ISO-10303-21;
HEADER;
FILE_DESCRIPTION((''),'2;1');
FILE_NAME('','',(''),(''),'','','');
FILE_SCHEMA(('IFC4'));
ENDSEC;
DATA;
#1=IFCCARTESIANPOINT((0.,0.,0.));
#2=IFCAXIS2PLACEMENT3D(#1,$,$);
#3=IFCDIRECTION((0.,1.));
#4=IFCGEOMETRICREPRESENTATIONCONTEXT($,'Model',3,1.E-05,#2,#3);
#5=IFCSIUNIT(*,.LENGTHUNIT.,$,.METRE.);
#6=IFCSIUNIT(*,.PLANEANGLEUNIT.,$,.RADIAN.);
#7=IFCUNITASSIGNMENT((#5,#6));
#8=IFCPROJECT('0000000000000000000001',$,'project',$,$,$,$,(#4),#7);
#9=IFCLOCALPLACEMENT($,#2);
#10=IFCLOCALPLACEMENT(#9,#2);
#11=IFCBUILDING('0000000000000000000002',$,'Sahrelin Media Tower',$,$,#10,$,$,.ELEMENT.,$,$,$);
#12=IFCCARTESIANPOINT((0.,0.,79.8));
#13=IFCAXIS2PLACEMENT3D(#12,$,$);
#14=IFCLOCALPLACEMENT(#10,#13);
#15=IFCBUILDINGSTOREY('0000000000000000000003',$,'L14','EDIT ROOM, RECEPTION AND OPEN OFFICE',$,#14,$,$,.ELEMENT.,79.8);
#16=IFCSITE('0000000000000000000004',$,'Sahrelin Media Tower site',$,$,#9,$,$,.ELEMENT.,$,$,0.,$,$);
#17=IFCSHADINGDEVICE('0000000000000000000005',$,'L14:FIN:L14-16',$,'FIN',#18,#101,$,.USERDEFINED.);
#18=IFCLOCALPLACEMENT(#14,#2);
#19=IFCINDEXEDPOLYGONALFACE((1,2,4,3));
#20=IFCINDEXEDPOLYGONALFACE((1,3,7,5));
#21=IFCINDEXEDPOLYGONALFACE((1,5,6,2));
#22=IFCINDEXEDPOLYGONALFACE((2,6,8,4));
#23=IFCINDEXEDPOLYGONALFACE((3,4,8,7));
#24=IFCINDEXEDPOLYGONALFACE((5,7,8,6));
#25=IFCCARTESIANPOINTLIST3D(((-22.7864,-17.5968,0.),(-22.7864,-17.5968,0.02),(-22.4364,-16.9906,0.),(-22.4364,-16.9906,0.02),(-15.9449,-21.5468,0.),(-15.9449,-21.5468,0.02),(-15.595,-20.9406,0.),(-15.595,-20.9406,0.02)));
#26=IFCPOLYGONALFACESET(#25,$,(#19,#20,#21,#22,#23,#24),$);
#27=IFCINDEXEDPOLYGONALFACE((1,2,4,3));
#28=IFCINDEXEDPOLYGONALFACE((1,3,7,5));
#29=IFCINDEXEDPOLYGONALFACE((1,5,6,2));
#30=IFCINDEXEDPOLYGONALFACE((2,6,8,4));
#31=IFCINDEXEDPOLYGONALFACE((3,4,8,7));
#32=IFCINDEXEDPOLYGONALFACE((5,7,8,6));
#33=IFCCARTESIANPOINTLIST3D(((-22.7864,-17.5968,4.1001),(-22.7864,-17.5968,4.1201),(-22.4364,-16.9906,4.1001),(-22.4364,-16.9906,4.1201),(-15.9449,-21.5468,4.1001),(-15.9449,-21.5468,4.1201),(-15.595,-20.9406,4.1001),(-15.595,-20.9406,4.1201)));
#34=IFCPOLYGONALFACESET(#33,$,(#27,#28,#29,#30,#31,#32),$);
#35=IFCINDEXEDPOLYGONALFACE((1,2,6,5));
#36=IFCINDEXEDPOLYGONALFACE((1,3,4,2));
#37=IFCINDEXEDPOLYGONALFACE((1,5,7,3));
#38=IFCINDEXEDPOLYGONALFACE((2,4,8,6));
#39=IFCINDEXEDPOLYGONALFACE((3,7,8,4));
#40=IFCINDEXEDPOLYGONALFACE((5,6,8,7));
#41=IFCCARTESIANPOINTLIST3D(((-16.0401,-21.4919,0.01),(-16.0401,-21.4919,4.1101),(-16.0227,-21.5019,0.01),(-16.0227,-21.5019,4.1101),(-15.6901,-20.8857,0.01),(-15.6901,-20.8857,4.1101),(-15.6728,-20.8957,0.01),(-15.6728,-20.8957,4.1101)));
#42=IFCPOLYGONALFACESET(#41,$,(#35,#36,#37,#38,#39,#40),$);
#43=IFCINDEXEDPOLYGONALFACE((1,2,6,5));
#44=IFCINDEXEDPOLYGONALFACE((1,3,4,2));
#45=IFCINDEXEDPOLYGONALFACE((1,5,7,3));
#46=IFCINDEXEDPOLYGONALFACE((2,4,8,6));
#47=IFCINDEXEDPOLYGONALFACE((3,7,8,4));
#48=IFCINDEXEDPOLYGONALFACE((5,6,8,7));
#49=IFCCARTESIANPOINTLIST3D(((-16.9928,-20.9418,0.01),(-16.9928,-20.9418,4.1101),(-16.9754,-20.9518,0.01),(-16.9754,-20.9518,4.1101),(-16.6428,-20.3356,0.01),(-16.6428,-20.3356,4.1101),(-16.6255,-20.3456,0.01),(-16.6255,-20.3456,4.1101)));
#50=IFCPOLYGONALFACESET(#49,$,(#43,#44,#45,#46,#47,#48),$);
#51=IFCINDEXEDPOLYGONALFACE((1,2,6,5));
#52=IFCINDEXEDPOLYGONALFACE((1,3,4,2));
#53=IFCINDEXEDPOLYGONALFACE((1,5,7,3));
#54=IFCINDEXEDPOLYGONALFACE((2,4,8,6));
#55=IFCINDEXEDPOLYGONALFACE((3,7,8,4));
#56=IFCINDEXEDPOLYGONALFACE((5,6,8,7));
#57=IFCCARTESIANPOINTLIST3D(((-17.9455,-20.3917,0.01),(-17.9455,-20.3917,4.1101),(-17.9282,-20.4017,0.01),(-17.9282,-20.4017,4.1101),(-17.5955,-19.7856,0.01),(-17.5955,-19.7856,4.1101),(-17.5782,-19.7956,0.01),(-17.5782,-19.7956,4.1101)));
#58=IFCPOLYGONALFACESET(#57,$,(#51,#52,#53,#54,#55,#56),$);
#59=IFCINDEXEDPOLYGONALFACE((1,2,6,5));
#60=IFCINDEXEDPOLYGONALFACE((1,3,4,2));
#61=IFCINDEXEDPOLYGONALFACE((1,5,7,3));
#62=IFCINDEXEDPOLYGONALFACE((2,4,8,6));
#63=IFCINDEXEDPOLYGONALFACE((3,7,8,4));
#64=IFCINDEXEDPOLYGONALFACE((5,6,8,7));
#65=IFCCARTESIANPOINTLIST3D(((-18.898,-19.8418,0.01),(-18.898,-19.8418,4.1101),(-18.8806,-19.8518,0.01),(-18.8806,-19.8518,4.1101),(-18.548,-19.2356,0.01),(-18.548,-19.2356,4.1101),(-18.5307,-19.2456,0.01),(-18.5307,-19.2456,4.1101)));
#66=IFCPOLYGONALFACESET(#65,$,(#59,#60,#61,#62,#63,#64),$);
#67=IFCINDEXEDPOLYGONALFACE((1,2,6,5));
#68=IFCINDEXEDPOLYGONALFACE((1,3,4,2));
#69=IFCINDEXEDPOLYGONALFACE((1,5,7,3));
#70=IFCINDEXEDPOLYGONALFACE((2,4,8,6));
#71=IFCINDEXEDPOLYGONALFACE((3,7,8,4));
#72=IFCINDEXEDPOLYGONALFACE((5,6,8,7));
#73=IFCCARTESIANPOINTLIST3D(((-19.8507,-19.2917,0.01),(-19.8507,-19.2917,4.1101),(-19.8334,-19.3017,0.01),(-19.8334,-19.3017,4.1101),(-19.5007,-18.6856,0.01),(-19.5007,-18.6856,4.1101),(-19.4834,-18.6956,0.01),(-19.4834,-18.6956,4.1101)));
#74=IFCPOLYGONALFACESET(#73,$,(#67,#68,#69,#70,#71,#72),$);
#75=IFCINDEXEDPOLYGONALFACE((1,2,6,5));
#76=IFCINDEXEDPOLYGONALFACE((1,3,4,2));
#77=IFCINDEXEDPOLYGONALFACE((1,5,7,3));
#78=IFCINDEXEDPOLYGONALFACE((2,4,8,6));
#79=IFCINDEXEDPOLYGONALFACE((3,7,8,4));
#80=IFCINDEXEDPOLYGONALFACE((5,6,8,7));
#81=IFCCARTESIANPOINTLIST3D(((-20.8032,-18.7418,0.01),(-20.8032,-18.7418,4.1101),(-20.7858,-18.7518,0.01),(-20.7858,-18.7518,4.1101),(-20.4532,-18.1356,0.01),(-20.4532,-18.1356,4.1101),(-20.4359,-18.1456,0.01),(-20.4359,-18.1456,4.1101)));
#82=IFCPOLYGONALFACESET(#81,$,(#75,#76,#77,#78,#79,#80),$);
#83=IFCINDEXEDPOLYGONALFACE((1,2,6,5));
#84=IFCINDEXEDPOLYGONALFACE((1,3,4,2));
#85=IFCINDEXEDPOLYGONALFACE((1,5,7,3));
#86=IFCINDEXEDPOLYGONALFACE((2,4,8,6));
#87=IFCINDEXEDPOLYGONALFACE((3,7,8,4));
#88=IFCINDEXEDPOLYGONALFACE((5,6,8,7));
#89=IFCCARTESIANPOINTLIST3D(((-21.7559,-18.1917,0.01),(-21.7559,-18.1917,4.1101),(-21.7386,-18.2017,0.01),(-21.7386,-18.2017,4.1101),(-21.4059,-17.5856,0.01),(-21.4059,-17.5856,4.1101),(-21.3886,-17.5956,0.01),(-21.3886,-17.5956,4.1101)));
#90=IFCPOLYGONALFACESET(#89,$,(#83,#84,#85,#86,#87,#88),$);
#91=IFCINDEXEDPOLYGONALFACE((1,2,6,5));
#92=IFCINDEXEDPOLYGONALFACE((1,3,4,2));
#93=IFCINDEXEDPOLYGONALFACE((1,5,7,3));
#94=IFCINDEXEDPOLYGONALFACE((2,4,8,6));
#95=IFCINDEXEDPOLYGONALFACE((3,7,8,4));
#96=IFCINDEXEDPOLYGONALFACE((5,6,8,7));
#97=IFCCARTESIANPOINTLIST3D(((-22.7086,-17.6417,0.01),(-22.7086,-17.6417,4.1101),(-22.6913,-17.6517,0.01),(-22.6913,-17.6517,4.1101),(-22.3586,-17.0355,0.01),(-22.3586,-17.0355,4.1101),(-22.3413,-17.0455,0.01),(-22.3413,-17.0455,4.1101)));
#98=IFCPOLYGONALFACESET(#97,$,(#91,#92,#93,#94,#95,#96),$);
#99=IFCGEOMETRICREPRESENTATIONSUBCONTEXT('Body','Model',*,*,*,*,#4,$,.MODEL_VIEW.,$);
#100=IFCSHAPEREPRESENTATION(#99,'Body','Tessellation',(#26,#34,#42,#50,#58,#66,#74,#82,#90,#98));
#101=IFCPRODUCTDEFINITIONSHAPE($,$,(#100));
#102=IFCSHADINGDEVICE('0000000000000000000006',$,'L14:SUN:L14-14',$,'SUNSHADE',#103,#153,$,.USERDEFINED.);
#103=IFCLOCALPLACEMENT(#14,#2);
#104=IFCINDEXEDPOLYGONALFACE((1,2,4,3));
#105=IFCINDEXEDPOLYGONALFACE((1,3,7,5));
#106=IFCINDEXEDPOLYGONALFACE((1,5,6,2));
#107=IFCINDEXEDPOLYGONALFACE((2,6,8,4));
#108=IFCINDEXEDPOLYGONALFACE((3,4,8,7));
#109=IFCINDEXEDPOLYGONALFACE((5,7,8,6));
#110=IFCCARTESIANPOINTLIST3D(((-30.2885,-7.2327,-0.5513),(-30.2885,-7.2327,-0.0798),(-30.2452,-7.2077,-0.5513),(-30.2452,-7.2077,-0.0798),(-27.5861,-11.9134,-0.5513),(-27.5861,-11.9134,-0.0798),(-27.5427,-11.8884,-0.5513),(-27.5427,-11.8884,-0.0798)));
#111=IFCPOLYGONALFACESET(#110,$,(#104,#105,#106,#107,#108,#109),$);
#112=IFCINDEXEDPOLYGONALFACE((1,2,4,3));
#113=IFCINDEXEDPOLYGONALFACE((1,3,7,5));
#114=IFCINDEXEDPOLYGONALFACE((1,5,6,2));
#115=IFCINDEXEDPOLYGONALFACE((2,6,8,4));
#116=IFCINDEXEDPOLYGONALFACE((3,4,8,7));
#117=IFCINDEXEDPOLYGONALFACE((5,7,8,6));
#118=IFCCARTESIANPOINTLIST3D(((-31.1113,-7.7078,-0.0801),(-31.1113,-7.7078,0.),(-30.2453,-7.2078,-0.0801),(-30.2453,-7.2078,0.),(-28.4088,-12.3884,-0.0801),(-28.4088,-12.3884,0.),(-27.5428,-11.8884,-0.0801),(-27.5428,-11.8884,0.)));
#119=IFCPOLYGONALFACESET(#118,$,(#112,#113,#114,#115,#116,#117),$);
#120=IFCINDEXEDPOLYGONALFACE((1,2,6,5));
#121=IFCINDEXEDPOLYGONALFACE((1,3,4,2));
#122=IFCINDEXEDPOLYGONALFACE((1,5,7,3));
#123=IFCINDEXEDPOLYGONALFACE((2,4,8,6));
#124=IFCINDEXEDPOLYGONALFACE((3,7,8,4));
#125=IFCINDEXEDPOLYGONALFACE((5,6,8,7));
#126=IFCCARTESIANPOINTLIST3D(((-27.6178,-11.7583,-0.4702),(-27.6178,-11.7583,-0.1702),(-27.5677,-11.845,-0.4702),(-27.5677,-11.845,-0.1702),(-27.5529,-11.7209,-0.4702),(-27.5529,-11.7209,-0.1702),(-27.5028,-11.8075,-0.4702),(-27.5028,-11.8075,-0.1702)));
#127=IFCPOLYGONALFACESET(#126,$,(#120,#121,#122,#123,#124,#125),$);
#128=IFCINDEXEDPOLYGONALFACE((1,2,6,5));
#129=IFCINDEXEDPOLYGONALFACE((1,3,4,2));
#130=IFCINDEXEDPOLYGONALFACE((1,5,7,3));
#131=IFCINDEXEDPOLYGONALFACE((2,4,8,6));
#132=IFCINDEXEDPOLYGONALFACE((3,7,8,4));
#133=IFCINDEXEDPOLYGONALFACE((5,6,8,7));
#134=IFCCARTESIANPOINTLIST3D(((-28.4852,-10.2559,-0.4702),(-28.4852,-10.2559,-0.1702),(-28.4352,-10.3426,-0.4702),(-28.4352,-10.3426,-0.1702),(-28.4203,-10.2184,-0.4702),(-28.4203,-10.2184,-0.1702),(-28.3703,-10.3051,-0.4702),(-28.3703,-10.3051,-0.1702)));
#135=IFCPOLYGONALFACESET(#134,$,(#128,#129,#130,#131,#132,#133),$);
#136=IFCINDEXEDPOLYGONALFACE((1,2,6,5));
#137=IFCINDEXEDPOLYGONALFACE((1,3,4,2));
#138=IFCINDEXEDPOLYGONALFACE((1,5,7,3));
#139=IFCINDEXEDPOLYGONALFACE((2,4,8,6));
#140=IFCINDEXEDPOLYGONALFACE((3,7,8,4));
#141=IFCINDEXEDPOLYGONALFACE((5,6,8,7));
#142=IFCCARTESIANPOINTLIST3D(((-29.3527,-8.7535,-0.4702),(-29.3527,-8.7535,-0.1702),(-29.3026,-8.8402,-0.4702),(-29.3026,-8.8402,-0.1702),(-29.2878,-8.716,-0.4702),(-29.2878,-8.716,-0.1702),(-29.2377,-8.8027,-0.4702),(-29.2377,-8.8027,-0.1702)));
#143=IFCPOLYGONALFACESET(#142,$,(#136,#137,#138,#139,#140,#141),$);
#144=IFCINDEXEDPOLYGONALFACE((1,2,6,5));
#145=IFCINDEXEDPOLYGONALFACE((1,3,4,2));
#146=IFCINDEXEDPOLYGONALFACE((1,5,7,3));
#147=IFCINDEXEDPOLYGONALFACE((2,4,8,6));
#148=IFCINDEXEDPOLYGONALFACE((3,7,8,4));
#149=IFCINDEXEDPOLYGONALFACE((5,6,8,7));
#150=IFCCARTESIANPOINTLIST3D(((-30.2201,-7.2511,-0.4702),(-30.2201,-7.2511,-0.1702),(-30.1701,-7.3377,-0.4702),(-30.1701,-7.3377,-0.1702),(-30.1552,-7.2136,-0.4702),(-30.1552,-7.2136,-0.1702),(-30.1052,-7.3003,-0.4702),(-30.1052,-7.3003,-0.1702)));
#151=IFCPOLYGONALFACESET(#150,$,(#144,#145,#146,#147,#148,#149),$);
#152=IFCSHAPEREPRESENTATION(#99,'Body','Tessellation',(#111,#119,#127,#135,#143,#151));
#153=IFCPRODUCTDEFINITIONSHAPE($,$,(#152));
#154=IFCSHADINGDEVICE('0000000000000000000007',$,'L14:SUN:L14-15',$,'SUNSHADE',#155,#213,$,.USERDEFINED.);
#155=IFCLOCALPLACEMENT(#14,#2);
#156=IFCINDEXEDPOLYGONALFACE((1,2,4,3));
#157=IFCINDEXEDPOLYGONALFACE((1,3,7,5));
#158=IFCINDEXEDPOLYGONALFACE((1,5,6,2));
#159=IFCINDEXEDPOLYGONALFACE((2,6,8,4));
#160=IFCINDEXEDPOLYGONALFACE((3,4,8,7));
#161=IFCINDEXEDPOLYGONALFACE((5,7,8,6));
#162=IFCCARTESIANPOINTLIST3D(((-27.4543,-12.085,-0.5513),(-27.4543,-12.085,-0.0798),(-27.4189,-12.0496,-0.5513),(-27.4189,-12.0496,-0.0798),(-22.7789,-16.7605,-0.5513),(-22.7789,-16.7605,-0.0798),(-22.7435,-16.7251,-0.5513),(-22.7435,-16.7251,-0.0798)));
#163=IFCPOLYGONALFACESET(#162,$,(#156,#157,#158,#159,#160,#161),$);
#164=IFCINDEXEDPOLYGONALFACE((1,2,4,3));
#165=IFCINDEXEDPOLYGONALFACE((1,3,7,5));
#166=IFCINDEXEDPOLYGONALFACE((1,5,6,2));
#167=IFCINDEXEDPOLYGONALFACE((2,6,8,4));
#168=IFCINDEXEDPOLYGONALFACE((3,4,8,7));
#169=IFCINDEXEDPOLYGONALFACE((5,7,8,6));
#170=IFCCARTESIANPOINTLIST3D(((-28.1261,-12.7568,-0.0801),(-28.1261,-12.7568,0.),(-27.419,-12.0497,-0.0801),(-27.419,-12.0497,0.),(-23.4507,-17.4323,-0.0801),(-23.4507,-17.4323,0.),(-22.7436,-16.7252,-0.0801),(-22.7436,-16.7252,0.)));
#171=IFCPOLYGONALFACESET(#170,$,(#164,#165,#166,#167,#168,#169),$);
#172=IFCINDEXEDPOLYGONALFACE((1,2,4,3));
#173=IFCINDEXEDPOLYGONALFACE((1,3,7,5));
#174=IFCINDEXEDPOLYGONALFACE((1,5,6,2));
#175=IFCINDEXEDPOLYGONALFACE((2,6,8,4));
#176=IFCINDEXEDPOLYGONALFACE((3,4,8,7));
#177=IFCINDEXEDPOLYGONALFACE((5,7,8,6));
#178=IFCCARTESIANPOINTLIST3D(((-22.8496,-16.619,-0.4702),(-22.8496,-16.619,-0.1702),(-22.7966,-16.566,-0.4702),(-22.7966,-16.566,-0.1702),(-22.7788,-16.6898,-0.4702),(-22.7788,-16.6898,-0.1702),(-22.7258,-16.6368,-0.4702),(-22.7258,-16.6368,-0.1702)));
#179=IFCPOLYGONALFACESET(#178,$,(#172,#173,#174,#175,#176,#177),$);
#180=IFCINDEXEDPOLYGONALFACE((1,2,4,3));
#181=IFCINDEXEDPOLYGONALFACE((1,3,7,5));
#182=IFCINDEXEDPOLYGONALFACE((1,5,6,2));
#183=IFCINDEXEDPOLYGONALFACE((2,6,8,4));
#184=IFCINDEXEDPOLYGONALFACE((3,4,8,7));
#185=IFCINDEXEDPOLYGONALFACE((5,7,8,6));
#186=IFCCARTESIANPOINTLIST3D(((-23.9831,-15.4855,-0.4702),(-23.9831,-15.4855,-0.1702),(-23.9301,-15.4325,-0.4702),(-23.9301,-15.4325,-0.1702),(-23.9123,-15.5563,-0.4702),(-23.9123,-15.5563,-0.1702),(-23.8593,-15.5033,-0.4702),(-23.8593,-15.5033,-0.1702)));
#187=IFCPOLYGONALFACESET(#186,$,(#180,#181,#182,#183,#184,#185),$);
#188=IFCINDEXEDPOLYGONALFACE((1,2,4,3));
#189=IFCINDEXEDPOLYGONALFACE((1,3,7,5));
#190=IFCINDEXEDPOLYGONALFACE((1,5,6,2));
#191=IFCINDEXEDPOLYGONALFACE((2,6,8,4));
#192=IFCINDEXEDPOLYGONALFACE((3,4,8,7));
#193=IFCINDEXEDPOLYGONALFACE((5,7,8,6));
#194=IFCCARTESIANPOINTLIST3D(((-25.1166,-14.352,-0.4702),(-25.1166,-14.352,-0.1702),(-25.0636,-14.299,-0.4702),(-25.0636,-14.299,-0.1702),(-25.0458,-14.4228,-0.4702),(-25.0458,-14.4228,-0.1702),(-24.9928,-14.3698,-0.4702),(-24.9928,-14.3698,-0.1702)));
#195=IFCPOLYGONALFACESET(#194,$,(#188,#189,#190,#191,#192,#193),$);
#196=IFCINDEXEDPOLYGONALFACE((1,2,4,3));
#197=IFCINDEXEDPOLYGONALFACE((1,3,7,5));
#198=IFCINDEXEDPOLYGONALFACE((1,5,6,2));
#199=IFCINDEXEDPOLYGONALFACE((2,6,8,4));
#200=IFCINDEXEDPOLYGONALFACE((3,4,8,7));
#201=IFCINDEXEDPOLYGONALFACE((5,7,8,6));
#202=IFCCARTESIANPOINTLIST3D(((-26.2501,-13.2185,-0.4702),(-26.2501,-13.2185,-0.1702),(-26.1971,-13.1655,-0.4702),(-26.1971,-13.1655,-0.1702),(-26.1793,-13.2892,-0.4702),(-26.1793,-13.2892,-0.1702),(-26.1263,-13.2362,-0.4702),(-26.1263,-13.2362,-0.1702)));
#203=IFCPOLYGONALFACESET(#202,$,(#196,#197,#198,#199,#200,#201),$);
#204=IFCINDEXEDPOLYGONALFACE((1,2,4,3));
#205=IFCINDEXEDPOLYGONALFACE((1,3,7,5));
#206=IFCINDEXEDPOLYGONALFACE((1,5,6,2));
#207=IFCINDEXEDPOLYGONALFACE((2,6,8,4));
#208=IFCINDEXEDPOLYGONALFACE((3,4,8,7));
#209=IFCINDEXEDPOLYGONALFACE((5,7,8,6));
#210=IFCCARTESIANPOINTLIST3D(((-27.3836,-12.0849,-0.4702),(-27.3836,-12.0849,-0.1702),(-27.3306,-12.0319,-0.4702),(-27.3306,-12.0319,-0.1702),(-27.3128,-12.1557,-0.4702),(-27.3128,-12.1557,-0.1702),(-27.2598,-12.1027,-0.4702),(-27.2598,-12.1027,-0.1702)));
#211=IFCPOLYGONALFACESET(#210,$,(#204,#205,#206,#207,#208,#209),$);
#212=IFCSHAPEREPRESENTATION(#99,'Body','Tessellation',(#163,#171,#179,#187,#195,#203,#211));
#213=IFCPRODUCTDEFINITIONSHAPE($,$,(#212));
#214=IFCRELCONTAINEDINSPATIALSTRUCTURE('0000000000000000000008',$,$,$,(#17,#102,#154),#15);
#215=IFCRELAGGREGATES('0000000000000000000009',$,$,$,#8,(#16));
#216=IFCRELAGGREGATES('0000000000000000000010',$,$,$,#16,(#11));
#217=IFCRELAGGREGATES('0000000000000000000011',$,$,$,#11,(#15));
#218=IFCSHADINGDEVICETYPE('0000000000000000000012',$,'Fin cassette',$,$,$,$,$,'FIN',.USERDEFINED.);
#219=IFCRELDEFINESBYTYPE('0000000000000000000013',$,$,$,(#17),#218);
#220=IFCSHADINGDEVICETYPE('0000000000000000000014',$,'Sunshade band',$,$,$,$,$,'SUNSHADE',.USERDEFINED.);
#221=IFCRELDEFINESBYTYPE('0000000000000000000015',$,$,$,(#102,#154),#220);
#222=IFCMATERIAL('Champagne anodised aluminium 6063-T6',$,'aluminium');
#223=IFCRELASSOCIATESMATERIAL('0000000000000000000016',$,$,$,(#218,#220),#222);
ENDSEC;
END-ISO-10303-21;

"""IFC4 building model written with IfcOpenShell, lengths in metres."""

from ifc_helpers import new_model, si_unit, direction, frame, origin, origin_2d, place, context, subcontext, project, spatial, rectangle, extrude, material, type_object, element, save


model = new_model("IFC4")

# Units and contexts
model_context = context("Model", 3, precision=1e-05, world=origin(), true_north=direction((0.0, 1.0)))
body_context = subcontext(model_context, "Body", "Model", "MODEL_VIEW")
ifc_project = project(units=[si_unit("LENGTHUNIT", "METRE"), si_unit("PLANEANGLEUNIT", "RADIAN")], contexts=[model_context])

# Site, building, storey
site_placement = place(None, origin())
site = spatial("IfcSite", under=ifc_project, at=site_placement, Name="Sahrelin Media Tower site", CompositionType="ELEMENT", RefElevation=0.0)
building_placement = place(site_placement, origin())
building = spatial("IfcBuilding", under=site, at=building_placement, Name="Sahrelin Media Tower", CompositionType="ELEMENT")
storey_placement = place(building_placement, frame((0.0, 0.0, 79.8)))
storey = spatial("IfcBuildingStorey", under=building, at=storey_placement, Name="L14", Description="EDIT ROOM, RECEPTION AND OPEN OFFICE", CompositionType="ELEMENT", Elevation=79.8)

# Shared definitions
ifc_material_1 = material(Name="Champagne anodised aluminium 6063-T6", Category="aluminium")

# Shading devices
shading_device_type_1 = type_object("IfcShadingDeviceType", Name="Fin cassette", ElementType="FIN", PredefinedType="USERDEFINED", material=ifc_material_1)
placement_1 = place(storey_placement, frame((-28.8767, -9.5381, 0.0), z_axis=(0.0, 0.0, 1.0), x_axis=(-0.500011, 0.866019, 0.0)))
placement_2 = place(storey_placement, frame((-25.0671, -14.3733, 0.0), z_axis=(0.0, 0.0, 1.0), x_axis=(-0.707107, 0.707107, 0.0)))
placement_3 = place(storey_placement, frame((-18.9807, -18.905, 0.0), z_axis=(0.0, 0.0, 1.0), x_axis=(-0.866019, 0.500011, 0.0)))
element("IfcShadingDevice", 1, at=placement_3, inside=storey, type_object=shading_device_type_1, Name="L14:FIN:L14-16", ObjectType="FIN", PredefinedType="USERDEFINED", context=body_context, shape_type="SweptSolid", body=[
    extrude(rectangle(XDim=7.8999, YDim=0.7, at=origin_2d()), frame((0.0, 0.4199, 0.0)), (0.0, 0.0, 1.0), 0.02),
    extrude(rectangle(XDim=7.8999, YDim=0.7, at=origin_2d()), frame((0.0, 0.4199, 4.1001)), (0.0, 0.0, 1.0), 0.02),
    extrude(rectangle(XDim=0.02, YDim=0.7, at=origin_2d()), frame((-3.8501, 0.4199, 0.01), z_axis=(0.0, 0.0, 1.0), x_axis=(1.0, 0.0, 0.0)), (0.0, 0.0, 1.0), 4.1001),
    extrude(rectangle(XDim=0.02, YDim=0.7, at=origin_2d()), frame((-2.75, 0.4199, 0.01), z_axis=(0.0, 0.0, 1.0), x_axis=(1.0, 0.0, 0.0)), (0.0, 0.0, 1.0), 4.1001),
    extrude(rectangle(XDim=0.02, YDim=0.7, at=origin_2d()), frame((-1.6499, 0.4199, 0.01), z_axis=(0.0, 0.0, 1.0), x_axis=(1.0, 0.0, 0.0)), (0.0, 0.0, 1.0), 4.1001),
    extrude(rectangle(XDim=0.02, YDim=0.7, at=origin_2d()), frame((-0.55, 0.4199, 0.01), z_axis=(0.0, 0.0, 1.0), x_axis=(1.0, 0.0, 0.0)), (0.0, 0.0, 1.0), 4.1001),
    extrude(rectangle(XDim=0.02, YDim=0.7, at=origin_2d()), frame((0.55, 0.4199, 0.01), z_axis=(0.0, 0.0, 1.0), x_axis=(1.0, 0.0, 0.0)), (0.0, 0.0, 1.0), 4.1001),
    extrude(rectangle(XDim=0.02, YDim=0.7, at=origin_2d()), frame((1.6499, 0.4199, 0.01), z_axis=(0.0, 0.0, 1.0), x_axis=(1.0, 0.0, 0.0)), (0.0, 0.0, 1.0), 4.1001),
    extrude(rectangle(XDim=0.02, YDim=0.7, at=origin_2d()), frame((2.75, 0.4199, 0.01), z_axis=(0.0, 0.0, 1.0), x_axis=(1.0, 0.0, 0.0)), (0.0, 0.0, 1.0), 4.1001),
    extrude(rectangle(XDim=0.02, YDim=0.7, at=origin_2d()), frame((3.8501, 0.4199, 0.01), z_axis=(0.0, 0.0, 1.0), x_axis=(1.0, 0.0, 0.0)), (0.0, 0.0, 1.0), 4.1001),
])
shading_device_type_2 = type_object("IfcShadingDeviceType", Name="Sunshade band", ElementType="SUNSHADE", PredefinedType="USERDEFINED", material=ifc_material_1)
element("IfcShadingDevice", 2, at=placement_1, inside=storey, type_object=shading_device_type_2, Name="L14:SUN:L14-14", ObjectType="SUNSHADE", PredefinedType="USERDEFINED", context=body_context, shape_type="SweptSolid", body=[
    extrude(rectangle(XDim=5.4048, YDim=0.05, at=origin_2d()), frame((0.0, 0.0449, -0.5513)), (0.0, 0.0, 1.0), 0.4714),
    extrude(rectangle(XDim=5.4048, YDim=1.0, at=origin_2d()), frame((0.0, 0.52, -0.0801)), (0.0, 0.0, 1.0), 0.0801),
    extrude(rectangle(XDim=0.1001, YDim=0.075, at=origin_2d()), frame((-2.6023, -0.0176, -0.4702)), (0.0, 0.0, 1.0), 0.3),
    extrude(rectangle(XDim=0.1001, YDim=0.075, at=origin_2d()), frame((-0.8674, -0.0176, -0.4702)), (0.0, 0.0, 1.0), 0.3),
    extrude(rectangle(XDim=0.1001, YDim=0.075, at=origin_2d()), frame((0.8674, -0.0176, -0.4702)), (0.0, 0.0, 1.0), 0.3),
    extrude(rectangle(XDim=0.1001, YDim=0.075, at=origin_2d()), frame((2.6023, -0.0176, -0.4702)), (0.0, 0.0, 1.0), 0.3),
])
element("IfcShadingDevice", 3, at=placement_2, inside=storey, type_object=shading_device_type_2, Name="L14:SUN:L14-15", ObjectType="SUNSHADE", PredefinedType="USERDEFINED", context=body_context, shape_type="SweptSolid", body=[
    extrude(rectangle(XDim=6.6121, YDim=0.05, at=origin_2d()), frame((0.0, 0.0449, -0.5513)), (0.0, 0.0, 1.0), 0.4714),
    extrude(rectangle(XDim=6.6121, YDim=1.0, at=origin_2d()), frame((0.0, 0.52, -0.0801)), (0.0, 0.0, 1.0), 0.0801),
    extrude(rectangle(XDim=0.1001, YDim=0.075, at=origin_2d()), frame((-3.2061, -0.0176, -0.4702)), (0.0, 0.0, 1.0), 0.3),
    extrude(rectangle(XDim=0.1001, YDim=0.075, at=origin_2d()), frame((-1.603, -0.0176, -0.4702)), (0.0, 0.0, 1.0), 0.3),
    extrude(rectangle(XDim=0.1001, YDim=0.075, at=origin_2d()), frame((0.0, -0.0176, -0.4702)), (0.0, 0.0, 1.0), 0.3),
    extrude(rectangle(XDim=0.1001, YDim=0.075, at=origin_2d()), frame((1.603, -0.0176, -0.4702)), (0.0, 0.0, 1.0), 0.3),
    extrude(rectangle(XDim=0.1001, YDim=0.075, at=origin_2d()), frame((3.2061, -0.0176, -0.4702)), (0.0, 0.0, 1.0), 0.3),
])

save(model, "model.ifc")
